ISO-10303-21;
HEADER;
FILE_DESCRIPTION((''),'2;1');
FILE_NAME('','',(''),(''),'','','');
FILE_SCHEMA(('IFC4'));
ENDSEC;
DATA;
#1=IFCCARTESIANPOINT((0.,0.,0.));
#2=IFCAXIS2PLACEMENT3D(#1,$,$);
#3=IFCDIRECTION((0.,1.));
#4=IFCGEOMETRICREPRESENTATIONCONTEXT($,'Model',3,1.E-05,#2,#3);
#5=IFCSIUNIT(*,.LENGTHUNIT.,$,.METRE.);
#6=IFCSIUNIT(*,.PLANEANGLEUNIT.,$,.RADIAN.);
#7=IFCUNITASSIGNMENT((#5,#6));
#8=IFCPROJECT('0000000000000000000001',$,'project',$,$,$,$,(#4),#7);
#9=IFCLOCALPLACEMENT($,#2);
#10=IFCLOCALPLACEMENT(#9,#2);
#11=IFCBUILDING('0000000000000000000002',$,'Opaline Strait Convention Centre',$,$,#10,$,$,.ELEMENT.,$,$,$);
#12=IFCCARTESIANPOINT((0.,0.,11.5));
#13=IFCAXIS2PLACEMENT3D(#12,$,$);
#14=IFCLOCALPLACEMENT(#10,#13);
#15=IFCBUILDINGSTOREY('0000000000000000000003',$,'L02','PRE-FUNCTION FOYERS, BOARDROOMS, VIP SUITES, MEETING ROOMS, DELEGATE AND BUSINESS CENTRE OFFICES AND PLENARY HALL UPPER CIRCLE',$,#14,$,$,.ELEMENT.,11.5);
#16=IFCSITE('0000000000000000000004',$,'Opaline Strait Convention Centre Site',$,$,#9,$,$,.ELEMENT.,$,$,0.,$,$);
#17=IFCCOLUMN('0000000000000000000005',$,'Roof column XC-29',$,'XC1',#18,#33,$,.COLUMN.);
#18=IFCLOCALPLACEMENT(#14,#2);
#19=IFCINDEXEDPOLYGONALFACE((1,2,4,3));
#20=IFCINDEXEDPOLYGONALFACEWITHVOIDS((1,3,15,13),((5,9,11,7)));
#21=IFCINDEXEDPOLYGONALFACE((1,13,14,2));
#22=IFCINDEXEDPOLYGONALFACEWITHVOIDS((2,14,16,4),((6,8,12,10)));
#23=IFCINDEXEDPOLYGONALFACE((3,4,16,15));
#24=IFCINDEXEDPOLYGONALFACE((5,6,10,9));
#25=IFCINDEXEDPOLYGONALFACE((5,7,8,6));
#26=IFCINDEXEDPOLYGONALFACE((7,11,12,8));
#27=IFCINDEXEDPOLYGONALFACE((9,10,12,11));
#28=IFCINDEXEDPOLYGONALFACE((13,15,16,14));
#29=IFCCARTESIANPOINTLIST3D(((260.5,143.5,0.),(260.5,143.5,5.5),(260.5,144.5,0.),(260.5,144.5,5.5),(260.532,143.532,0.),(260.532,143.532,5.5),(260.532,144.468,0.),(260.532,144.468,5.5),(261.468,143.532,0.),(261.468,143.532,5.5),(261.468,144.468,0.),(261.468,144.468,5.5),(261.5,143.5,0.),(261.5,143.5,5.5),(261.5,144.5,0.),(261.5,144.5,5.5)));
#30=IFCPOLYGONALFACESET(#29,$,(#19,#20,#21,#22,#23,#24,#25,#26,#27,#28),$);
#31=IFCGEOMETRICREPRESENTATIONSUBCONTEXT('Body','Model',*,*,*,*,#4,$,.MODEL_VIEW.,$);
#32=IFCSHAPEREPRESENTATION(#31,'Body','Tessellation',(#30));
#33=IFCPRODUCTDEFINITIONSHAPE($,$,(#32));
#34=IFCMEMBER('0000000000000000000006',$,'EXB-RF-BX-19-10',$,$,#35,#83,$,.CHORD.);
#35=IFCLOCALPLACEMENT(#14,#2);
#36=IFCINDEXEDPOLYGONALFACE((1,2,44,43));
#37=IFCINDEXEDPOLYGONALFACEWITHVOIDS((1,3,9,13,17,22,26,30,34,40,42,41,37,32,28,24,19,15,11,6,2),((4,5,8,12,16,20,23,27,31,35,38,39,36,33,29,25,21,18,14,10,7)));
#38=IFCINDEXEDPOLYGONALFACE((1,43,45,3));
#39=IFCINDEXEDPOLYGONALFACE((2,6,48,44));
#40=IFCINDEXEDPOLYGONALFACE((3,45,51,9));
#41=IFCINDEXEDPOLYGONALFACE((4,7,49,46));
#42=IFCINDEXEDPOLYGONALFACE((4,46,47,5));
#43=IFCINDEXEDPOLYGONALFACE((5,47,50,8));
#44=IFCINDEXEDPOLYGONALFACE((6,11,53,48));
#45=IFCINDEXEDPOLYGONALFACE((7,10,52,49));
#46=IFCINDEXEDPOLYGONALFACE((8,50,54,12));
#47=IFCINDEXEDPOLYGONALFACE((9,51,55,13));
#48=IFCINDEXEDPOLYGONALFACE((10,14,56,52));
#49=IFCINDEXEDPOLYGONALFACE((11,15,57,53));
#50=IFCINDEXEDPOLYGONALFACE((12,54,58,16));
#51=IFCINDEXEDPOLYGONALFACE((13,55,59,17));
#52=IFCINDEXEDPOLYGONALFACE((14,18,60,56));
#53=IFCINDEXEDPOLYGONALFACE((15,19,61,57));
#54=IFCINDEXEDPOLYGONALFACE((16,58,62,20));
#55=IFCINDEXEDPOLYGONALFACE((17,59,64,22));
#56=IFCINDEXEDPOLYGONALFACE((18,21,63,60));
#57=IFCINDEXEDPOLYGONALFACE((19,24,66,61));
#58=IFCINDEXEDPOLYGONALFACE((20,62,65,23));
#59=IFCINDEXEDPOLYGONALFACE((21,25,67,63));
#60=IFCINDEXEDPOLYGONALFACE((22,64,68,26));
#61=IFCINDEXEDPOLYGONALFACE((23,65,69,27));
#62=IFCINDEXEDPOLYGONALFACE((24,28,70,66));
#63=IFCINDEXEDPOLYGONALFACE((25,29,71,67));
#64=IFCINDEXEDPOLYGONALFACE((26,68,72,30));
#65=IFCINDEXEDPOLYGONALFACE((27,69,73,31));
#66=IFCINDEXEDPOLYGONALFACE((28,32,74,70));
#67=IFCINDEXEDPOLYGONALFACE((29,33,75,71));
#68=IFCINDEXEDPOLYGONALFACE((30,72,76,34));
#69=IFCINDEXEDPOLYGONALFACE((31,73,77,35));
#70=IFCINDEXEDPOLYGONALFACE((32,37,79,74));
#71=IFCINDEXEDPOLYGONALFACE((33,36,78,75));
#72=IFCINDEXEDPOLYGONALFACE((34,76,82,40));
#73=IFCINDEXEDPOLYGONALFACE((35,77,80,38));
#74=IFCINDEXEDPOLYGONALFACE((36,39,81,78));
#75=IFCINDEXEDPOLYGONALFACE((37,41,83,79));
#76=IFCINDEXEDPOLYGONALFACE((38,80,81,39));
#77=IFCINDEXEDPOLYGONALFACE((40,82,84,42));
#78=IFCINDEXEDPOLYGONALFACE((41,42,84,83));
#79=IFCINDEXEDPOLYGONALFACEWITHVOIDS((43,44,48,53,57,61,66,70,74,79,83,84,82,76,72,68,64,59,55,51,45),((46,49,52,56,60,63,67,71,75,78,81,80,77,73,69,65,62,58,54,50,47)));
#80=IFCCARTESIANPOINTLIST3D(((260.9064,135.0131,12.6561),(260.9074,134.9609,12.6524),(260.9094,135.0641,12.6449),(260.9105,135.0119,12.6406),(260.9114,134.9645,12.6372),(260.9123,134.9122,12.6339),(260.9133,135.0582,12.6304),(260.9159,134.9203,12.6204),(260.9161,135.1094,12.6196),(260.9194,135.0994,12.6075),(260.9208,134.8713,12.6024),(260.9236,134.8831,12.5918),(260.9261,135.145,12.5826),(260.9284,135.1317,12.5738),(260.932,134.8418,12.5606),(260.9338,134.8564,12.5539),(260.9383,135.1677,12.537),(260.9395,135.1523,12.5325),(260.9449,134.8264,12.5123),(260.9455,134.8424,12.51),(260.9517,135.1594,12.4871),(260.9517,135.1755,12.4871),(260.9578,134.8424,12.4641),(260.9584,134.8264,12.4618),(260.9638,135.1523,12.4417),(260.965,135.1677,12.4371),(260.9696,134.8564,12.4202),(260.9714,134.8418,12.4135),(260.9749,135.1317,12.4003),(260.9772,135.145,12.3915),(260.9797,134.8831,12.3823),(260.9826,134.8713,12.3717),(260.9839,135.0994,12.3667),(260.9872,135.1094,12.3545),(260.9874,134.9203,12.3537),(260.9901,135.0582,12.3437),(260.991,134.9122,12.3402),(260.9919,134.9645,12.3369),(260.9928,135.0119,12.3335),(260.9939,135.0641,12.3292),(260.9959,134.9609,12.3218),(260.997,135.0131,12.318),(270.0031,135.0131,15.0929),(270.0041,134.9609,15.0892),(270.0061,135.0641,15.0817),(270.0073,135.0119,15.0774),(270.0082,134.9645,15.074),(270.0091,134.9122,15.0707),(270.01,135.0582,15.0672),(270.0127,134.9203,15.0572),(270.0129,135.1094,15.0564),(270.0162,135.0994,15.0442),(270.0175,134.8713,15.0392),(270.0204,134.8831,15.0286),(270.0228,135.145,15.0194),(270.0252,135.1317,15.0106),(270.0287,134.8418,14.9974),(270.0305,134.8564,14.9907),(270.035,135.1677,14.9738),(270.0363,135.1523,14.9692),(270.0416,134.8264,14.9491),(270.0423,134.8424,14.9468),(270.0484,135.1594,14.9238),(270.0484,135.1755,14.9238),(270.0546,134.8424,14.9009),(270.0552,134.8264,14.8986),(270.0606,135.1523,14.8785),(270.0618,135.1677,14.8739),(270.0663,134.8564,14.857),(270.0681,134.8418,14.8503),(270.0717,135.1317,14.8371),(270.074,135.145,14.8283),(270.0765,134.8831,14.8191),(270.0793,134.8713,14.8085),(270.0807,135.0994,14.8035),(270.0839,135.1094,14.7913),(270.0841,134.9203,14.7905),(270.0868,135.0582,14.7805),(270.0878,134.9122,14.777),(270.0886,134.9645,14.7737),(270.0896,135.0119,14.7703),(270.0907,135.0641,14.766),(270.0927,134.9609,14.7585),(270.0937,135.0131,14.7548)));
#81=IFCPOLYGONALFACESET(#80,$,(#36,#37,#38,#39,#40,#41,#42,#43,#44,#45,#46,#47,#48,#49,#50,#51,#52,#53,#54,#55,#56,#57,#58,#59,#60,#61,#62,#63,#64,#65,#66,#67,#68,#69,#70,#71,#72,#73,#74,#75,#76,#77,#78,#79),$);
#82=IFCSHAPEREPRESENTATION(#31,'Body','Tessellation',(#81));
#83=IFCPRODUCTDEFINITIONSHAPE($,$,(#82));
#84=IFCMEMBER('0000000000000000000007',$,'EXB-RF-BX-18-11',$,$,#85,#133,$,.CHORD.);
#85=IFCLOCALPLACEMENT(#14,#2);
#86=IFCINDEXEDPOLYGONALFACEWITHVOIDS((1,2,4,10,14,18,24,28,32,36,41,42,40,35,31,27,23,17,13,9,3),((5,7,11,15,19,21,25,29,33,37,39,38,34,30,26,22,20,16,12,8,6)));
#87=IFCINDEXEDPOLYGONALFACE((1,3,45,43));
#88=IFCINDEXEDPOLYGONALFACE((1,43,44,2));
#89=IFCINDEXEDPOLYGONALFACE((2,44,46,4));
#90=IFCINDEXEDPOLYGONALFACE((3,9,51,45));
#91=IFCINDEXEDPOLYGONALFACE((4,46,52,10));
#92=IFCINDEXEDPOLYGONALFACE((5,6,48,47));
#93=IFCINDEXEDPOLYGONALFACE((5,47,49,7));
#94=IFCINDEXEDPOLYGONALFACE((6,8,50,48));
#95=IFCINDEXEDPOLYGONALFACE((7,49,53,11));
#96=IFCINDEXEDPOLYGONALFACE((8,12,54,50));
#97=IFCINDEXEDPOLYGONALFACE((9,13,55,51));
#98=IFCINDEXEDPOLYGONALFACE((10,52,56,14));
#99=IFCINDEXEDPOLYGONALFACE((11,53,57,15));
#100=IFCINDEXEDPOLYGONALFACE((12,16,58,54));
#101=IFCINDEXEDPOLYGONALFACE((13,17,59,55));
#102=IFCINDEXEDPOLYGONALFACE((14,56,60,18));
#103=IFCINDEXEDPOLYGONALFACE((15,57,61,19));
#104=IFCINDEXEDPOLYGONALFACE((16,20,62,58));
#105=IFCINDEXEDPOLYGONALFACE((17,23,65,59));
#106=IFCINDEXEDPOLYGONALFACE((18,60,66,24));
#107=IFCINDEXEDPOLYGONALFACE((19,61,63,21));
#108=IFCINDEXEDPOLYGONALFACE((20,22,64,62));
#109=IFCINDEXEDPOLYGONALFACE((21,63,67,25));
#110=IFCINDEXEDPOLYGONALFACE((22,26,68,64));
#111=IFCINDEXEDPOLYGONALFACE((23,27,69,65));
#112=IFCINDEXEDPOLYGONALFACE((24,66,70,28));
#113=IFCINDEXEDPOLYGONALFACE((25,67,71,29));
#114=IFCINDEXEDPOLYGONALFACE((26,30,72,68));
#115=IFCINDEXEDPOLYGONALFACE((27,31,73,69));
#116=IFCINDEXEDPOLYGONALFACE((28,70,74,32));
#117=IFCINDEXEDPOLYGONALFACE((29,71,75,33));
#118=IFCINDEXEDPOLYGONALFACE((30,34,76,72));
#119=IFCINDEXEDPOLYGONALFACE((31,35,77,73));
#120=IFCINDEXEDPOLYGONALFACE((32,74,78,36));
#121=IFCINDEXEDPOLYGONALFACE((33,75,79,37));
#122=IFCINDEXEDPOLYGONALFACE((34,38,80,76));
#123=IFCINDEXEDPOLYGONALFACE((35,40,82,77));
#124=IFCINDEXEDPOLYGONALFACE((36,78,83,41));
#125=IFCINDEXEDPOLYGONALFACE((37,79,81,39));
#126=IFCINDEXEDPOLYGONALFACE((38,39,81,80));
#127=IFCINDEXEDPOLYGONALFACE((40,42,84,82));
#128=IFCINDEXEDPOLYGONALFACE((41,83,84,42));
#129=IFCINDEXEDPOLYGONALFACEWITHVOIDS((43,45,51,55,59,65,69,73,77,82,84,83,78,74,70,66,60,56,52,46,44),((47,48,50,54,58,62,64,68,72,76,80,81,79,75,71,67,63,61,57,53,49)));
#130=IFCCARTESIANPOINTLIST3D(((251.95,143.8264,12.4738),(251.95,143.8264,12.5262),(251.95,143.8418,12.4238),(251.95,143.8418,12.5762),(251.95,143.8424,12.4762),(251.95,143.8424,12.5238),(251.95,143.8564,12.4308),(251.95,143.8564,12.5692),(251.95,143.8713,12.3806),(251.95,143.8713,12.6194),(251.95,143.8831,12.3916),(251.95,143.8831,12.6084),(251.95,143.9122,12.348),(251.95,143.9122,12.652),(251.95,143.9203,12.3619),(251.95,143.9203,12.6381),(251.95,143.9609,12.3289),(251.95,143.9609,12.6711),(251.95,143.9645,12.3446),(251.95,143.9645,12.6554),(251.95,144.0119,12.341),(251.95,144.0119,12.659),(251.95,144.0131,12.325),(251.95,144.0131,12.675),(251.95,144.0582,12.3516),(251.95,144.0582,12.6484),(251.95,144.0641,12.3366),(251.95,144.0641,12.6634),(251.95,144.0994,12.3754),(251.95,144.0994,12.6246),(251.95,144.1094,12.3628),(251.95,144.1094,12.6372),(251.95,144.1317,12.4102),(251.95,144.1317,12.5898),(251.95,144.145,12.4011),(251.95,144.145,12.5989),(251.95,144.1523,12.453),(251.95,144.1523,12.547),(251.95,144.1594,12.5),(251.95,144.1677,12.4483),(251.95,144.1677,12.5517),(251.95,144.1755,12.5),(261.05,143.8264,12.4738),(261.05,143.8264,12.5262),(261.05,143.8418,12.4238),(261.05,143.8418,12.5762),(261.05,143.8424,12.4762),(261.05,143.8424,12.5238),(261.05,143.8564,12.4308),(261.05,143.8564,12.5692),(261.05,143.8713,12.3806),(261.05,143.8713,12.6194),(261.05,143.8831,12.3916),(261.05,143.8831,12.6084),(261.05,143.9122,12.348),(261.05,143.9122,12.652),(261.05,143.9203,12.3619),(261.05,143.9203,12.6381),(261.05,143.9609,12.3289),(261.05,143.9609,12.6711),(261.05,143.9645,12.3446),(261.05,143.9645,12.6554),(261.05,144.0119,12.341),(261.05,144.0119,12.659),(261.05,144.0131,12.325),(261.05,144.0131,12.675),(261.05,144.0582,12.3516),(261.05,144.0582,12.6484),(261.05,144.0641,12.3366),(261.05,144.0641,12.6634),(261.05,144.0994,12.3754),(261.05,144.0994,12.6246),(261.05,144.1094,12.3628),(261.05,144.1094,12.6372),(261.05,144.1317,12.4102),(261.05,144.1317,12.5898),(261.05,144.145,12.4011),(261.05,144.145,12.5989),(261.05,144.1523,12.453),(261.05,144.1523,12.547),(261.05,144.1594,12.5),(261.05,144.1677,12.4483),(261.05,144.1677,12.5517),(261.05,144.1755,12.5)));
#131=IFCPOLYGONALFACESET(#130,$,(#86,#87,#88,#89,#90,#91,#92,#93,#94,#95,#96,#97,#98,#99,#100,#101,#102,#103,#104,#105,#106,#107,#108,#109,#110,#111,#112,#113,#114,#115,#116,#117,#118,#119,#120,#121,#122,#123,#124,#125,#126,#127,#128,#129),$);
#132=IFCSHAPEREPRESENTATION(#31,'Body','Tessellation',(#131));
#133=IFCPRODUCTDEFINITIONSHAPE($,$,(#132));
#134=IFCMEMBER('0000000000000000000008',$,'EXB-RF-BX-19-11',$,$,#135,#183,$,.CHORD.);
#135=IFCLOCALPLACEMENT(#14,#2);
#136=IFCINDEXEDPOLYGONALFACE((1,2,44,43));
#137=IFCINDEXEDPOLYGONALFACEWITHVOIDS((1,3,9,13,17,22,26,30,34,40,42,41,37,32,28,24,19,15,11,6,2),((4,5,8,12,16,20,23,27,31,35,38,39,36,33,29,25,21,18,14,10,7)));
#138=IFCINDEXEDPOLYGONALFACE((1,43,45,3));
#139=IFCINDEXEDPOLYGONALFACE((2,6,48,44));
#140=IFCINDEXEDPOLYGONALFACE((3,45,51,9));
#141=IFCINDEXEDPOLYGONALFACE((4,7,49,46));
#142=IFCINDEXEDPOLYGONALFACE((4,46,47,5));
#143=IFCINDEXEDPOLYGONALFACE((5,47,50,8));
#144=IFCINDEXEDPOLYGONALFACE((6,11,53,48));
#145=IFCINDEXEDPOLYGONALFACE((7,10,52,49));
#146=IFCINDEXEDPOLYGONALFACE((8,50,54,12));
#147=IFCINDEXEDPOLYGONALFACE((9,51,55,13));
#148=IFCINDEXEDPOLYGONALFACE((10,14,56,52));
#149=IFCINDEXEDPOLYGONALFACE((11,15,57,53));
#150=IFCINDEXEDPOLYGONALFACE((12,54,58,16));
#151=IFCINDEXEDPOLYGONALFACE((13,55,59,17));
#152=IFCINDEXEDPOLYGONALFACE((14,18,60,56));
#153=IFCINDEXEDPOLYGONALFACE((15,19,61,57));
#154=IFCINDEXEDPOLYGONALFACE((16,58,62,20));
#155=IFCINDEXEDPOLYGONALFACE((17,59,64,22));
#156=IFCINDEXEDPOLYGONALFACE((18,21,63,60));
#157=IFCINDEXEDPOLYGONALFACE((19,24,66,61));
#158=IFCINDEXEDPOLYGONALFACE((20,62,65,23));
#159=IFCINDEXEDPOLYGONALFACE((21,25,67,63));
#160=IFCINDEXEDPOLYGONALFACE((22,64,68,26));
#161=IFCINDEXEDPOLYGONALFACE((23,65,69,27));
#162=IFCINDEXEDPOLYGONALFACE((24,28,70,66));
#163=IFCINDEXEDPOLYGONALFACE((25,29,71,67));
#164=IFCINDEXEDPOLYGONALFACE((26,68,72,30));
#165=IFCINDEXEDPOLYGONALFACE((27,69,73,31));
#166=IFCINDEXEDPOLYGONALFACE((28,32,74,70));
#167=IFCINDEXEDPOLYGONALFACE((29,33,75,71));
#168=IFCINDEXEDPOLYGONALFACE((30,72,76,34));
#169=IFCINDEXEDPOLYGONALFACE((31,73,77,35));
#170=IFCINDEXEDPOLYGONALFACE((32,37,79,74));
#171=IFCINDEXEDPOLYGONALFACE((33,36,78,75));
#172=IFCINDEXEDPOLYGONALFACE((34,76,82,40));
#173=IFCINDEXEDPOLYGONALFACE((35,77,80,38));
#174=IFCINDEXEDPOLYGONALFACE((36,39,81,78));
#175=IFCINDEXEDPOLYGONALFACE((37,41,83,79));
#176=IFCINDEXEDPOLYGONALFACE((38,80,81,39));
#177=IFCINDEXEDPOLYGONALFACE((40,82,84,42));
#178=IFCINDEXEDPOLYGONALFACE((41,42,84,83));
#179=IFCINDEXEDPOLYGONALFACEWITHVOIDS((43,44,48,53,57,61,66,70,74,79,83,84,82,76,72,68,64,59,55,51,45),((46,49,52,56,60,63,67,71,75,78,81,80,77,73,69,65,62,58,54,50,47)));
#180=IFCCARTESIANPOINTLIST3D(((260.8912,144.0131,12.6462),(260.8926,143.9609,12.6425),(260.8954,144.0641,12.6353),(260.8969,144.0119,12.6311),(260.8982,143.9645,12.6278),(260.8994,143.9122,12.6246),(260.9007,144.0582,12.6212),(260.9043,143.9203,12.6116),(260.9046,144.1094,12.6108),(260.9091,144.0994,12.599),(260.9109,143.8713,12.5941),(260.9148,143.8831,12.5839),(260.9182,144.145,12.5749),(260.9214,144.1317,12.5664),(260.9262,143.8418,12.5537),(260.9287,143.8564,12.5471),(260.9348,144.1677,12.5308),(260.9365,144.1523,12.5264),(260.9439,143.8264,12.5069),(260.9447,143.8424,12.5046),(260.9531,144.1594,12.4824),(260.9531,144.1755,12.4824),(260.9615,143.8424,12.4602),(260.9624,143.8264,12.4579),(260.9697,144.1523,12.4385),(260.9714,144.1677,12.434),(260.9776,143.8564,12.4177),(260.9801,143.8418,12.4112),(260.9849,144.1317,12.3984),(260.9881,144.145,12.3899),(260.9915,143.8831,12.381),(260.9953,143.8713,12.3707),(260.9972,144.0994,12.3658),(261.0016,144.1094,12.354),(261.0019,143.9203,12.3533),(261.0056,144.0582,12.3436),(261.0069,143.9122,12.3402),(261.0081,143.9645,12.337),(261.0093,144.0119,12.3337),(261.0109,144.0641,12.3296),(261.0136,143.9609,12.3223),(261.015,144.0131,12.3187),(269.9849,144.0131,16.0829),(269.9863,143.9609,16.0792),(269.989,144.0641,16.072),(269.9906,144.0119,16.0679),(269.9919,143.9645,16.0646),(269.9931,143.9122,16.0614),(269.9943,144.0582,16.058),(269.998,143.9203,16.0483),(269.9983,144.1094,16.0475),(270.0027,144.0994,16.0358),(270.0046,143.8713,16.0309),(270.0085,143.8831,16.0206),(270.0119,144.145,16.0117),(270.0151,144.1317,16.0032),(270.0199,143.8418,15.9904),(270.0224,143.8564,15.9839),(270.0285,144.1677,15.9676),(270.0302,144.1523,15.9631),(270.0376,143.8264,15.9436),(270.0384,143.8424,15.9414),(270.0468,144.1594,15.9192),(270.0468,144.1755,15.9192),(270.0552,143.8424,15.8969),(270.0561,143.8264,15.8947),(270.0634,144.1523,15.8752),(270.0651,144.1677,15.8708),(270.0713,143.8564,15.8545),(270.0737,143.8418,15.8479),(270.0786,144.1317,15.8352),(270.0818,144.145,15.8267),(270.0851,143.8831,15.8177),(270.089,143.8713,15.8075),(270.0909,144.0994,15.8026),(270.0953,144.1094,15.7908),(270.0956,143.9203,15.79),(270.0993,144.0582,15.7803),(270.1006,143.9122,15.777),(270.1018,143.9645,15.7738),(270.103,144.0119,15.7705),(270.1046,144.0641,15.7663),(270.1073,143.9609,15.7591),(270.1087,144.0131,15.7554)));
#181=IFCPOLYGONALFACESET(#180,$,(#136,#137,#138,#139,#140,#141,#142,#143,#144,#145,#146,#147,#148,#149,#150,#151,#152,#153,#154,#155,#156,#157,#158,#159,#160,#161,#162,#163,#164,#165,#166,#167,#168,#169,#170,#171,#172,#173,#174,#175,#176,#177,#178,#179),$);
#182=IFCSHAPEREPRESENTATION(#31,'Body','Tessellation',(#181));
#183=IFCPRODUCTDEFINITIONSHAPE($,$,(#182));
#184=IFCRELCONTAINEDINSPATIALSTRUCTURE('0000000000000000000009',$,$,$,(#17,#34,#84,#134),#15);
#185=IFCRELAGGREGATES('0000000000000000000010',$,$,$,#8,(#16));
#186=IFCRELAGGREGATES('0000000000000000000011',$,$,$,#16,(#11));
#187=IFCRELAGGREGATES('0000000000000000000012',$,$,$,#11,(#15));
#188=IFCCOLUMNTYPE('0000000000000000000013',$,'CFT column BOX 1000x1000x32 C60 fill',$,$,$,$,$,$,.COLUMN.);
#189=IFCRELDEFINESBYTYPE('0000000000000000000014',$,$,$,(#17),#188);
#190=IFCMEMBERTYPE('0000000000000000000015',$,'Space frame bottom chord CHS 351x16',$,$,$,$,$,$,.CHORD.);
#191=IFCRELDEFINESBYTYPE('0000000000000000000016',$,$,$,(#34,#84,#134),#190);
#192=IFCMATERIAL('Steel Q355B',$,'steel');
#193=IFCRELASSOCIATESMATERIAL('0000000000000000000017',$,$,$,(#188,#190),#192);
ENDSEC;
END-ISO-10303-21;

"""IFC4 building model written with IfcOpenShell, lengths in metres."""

from ifc_helpers import new_model, si_unit, direction, frame, origin, origin_2d, place, context, subcontext, project, spatial, hollow_rectangle, hollow_circle, extrude, material, material_profile, profile_set, type_object, element, save


model = new_model("IFC4")

# Units and contexts
model_context = context("Model", 3, precision=1e-05, world=origin(), true_north=direction((0.0, 1.0)))
body_context = subcontext(model_context, "Body", "Model", "MODEL_VIEW")
ifc_project = project(units=[si_unit("LENGTHUNIT", "METRE"), si_unit("PLANEANGLEUNIT", "RADIAN")], contexts=[model_context])

# Site, building, storey
site_placement = place(None, origin())
site = spatial("IfcSite", under=ifc_project, at=site_placement, Name="Opaline Strait Convention Centre Site", CompositionType="ELEMENT", RefElevation=0.0)
building_placement = place(site_placement, origin())
building = spatial("IfcBuilding", under=site, at=building_placement, Name="Opaline Strait Convention Centre", CompositionType="ELEMENT")
storey_placement = place(building_placement, frame((0.0, 0.0, 11.5)))
storey = spatial("IfcBuildingStorey", under=building, at=storey_placement, Name="L02", Description="PRE-FUNCTION FOYERS, BOARDROOMS, VIP SUITES, MEETING ROOMS, DELEGATE AND BUSINESS CENTRE OFFICES AND PLENARY HALL UPPER CIRCLE", CompositionType="ELEMENT", Elevation=11.5)

# Column
ifc_material_1 = material(Name="Steel Q355B", Category="steel")
ifc_material_profile_1 = material_profile(ifc_material_1, hollow_rectangle(XDim=1.0, YDim=1.0, WallThickness=0.032, at=origin_2d()), Name="BOX 1000x1000x32")
ifc_profile_set_1 = profile_set([ifc_material_profile_1], Name="Steel Q355B")
column_type = type_object("IfcColumnType", Name="CFT column BOX 1000x1000x32 C60 fill", PredefinedType="COLUMN", material=ifc_profile_set_1)
column_placement = place(storey_placement, frame((261.0, 144.0, 0.0), z_axis=(0.0, 0.0, 1.0), x_axis=(1.0, 0.0, 0.0)))
element("IfcColumn", 1, at=column_placement, inside=storey, type_object=column_type, Name="Roof column XC-29", ObjectType="XC1", PredefinedType="COLUMN", context=body_context, shape_type="SweptSolid", body=[
    extrude(hollow_rectangle(XDim=1.0, YDim=1.0, WallThickness=0.032, at=origin_2d()), origin(), (0.0, 0.0, 1.0), 5.5),
])

# Members
ifc_material_profile_2 = material_profile(ifc_material_1, hollow_circle(Radius=0.1755, WallThickness=0.0161, at=origin_2d()), Name="CHS 351x16")
ifc_profile_set_2 = profile_set([ifc_material_profile_2], Name="Steel Q355B")
member_type_1 = type_object("IfcMemberType", Name="Space frame bottom chord CHS 351x16", PredefinedType="CHORD", material=ifc_profile_set_2)
member_1_placement = place(storey_placement, frame((260.9517, 135.0, 12.4871), z_axis=(0.965944, 0.0, 0.258752), x_axis=(0.0, 1.0, 0.0)))
element("IfcMember", 2, at=member_1_placement, inside=storey, type_object=member_type_1, Name="EXB-RF-BX-19-10", PredefinedType="CHORD", context=body_context, shape_type="SweptSolid", body=[
    extrude(hollow_circle(Radius=0.1755, WallThickness=0.0161, at=origin_2d()), origin(), (0.0, 0.0, 1.0), 9.4175),
])
member_2_placement = place(storey_placement, frame((251.95, 144.0, 12.5), z_axis=(1.0, 0.0, 0.0), x_axis=(0.0, 1.0, 0.0)))
element("IfcMember", 3, at=member_2_placement, inside=storey, type_object=member_type_1, Name="EXB-RF-BX-18-11", PredefinedType="CHORD", context=body_context, shape_type="SweptSolid", body=[
    extrude(hollow_circle(Radius=0.1755, WallThickness=0.0161, at=origin_2d()), origin(), (0.0, 0.0, 1.0), 9.1001),
])
member_3_placement = place(storey_placement, frame((260.9531, 144.0, 12.4824), z_axis=(0.935426, 0.0, 0.353522), x_axis=(0.0, 1.0, 0.0)))
element("IfcMember", 4, at=member_3_placement, inside=storey, type_object=member_type_1, Name="EXB-RF-BX-19-11", PredefinedType="CHORD", context=body_context, shape_type="SweptSolid", body=[
    extrude(hollow_circle(Radius=0.1755, WallThickness=0.0161, at=origin_2d()), origin(), (0.0, 0.0, 1.0), 9.7214),
])

save(model, "model.ifc")
